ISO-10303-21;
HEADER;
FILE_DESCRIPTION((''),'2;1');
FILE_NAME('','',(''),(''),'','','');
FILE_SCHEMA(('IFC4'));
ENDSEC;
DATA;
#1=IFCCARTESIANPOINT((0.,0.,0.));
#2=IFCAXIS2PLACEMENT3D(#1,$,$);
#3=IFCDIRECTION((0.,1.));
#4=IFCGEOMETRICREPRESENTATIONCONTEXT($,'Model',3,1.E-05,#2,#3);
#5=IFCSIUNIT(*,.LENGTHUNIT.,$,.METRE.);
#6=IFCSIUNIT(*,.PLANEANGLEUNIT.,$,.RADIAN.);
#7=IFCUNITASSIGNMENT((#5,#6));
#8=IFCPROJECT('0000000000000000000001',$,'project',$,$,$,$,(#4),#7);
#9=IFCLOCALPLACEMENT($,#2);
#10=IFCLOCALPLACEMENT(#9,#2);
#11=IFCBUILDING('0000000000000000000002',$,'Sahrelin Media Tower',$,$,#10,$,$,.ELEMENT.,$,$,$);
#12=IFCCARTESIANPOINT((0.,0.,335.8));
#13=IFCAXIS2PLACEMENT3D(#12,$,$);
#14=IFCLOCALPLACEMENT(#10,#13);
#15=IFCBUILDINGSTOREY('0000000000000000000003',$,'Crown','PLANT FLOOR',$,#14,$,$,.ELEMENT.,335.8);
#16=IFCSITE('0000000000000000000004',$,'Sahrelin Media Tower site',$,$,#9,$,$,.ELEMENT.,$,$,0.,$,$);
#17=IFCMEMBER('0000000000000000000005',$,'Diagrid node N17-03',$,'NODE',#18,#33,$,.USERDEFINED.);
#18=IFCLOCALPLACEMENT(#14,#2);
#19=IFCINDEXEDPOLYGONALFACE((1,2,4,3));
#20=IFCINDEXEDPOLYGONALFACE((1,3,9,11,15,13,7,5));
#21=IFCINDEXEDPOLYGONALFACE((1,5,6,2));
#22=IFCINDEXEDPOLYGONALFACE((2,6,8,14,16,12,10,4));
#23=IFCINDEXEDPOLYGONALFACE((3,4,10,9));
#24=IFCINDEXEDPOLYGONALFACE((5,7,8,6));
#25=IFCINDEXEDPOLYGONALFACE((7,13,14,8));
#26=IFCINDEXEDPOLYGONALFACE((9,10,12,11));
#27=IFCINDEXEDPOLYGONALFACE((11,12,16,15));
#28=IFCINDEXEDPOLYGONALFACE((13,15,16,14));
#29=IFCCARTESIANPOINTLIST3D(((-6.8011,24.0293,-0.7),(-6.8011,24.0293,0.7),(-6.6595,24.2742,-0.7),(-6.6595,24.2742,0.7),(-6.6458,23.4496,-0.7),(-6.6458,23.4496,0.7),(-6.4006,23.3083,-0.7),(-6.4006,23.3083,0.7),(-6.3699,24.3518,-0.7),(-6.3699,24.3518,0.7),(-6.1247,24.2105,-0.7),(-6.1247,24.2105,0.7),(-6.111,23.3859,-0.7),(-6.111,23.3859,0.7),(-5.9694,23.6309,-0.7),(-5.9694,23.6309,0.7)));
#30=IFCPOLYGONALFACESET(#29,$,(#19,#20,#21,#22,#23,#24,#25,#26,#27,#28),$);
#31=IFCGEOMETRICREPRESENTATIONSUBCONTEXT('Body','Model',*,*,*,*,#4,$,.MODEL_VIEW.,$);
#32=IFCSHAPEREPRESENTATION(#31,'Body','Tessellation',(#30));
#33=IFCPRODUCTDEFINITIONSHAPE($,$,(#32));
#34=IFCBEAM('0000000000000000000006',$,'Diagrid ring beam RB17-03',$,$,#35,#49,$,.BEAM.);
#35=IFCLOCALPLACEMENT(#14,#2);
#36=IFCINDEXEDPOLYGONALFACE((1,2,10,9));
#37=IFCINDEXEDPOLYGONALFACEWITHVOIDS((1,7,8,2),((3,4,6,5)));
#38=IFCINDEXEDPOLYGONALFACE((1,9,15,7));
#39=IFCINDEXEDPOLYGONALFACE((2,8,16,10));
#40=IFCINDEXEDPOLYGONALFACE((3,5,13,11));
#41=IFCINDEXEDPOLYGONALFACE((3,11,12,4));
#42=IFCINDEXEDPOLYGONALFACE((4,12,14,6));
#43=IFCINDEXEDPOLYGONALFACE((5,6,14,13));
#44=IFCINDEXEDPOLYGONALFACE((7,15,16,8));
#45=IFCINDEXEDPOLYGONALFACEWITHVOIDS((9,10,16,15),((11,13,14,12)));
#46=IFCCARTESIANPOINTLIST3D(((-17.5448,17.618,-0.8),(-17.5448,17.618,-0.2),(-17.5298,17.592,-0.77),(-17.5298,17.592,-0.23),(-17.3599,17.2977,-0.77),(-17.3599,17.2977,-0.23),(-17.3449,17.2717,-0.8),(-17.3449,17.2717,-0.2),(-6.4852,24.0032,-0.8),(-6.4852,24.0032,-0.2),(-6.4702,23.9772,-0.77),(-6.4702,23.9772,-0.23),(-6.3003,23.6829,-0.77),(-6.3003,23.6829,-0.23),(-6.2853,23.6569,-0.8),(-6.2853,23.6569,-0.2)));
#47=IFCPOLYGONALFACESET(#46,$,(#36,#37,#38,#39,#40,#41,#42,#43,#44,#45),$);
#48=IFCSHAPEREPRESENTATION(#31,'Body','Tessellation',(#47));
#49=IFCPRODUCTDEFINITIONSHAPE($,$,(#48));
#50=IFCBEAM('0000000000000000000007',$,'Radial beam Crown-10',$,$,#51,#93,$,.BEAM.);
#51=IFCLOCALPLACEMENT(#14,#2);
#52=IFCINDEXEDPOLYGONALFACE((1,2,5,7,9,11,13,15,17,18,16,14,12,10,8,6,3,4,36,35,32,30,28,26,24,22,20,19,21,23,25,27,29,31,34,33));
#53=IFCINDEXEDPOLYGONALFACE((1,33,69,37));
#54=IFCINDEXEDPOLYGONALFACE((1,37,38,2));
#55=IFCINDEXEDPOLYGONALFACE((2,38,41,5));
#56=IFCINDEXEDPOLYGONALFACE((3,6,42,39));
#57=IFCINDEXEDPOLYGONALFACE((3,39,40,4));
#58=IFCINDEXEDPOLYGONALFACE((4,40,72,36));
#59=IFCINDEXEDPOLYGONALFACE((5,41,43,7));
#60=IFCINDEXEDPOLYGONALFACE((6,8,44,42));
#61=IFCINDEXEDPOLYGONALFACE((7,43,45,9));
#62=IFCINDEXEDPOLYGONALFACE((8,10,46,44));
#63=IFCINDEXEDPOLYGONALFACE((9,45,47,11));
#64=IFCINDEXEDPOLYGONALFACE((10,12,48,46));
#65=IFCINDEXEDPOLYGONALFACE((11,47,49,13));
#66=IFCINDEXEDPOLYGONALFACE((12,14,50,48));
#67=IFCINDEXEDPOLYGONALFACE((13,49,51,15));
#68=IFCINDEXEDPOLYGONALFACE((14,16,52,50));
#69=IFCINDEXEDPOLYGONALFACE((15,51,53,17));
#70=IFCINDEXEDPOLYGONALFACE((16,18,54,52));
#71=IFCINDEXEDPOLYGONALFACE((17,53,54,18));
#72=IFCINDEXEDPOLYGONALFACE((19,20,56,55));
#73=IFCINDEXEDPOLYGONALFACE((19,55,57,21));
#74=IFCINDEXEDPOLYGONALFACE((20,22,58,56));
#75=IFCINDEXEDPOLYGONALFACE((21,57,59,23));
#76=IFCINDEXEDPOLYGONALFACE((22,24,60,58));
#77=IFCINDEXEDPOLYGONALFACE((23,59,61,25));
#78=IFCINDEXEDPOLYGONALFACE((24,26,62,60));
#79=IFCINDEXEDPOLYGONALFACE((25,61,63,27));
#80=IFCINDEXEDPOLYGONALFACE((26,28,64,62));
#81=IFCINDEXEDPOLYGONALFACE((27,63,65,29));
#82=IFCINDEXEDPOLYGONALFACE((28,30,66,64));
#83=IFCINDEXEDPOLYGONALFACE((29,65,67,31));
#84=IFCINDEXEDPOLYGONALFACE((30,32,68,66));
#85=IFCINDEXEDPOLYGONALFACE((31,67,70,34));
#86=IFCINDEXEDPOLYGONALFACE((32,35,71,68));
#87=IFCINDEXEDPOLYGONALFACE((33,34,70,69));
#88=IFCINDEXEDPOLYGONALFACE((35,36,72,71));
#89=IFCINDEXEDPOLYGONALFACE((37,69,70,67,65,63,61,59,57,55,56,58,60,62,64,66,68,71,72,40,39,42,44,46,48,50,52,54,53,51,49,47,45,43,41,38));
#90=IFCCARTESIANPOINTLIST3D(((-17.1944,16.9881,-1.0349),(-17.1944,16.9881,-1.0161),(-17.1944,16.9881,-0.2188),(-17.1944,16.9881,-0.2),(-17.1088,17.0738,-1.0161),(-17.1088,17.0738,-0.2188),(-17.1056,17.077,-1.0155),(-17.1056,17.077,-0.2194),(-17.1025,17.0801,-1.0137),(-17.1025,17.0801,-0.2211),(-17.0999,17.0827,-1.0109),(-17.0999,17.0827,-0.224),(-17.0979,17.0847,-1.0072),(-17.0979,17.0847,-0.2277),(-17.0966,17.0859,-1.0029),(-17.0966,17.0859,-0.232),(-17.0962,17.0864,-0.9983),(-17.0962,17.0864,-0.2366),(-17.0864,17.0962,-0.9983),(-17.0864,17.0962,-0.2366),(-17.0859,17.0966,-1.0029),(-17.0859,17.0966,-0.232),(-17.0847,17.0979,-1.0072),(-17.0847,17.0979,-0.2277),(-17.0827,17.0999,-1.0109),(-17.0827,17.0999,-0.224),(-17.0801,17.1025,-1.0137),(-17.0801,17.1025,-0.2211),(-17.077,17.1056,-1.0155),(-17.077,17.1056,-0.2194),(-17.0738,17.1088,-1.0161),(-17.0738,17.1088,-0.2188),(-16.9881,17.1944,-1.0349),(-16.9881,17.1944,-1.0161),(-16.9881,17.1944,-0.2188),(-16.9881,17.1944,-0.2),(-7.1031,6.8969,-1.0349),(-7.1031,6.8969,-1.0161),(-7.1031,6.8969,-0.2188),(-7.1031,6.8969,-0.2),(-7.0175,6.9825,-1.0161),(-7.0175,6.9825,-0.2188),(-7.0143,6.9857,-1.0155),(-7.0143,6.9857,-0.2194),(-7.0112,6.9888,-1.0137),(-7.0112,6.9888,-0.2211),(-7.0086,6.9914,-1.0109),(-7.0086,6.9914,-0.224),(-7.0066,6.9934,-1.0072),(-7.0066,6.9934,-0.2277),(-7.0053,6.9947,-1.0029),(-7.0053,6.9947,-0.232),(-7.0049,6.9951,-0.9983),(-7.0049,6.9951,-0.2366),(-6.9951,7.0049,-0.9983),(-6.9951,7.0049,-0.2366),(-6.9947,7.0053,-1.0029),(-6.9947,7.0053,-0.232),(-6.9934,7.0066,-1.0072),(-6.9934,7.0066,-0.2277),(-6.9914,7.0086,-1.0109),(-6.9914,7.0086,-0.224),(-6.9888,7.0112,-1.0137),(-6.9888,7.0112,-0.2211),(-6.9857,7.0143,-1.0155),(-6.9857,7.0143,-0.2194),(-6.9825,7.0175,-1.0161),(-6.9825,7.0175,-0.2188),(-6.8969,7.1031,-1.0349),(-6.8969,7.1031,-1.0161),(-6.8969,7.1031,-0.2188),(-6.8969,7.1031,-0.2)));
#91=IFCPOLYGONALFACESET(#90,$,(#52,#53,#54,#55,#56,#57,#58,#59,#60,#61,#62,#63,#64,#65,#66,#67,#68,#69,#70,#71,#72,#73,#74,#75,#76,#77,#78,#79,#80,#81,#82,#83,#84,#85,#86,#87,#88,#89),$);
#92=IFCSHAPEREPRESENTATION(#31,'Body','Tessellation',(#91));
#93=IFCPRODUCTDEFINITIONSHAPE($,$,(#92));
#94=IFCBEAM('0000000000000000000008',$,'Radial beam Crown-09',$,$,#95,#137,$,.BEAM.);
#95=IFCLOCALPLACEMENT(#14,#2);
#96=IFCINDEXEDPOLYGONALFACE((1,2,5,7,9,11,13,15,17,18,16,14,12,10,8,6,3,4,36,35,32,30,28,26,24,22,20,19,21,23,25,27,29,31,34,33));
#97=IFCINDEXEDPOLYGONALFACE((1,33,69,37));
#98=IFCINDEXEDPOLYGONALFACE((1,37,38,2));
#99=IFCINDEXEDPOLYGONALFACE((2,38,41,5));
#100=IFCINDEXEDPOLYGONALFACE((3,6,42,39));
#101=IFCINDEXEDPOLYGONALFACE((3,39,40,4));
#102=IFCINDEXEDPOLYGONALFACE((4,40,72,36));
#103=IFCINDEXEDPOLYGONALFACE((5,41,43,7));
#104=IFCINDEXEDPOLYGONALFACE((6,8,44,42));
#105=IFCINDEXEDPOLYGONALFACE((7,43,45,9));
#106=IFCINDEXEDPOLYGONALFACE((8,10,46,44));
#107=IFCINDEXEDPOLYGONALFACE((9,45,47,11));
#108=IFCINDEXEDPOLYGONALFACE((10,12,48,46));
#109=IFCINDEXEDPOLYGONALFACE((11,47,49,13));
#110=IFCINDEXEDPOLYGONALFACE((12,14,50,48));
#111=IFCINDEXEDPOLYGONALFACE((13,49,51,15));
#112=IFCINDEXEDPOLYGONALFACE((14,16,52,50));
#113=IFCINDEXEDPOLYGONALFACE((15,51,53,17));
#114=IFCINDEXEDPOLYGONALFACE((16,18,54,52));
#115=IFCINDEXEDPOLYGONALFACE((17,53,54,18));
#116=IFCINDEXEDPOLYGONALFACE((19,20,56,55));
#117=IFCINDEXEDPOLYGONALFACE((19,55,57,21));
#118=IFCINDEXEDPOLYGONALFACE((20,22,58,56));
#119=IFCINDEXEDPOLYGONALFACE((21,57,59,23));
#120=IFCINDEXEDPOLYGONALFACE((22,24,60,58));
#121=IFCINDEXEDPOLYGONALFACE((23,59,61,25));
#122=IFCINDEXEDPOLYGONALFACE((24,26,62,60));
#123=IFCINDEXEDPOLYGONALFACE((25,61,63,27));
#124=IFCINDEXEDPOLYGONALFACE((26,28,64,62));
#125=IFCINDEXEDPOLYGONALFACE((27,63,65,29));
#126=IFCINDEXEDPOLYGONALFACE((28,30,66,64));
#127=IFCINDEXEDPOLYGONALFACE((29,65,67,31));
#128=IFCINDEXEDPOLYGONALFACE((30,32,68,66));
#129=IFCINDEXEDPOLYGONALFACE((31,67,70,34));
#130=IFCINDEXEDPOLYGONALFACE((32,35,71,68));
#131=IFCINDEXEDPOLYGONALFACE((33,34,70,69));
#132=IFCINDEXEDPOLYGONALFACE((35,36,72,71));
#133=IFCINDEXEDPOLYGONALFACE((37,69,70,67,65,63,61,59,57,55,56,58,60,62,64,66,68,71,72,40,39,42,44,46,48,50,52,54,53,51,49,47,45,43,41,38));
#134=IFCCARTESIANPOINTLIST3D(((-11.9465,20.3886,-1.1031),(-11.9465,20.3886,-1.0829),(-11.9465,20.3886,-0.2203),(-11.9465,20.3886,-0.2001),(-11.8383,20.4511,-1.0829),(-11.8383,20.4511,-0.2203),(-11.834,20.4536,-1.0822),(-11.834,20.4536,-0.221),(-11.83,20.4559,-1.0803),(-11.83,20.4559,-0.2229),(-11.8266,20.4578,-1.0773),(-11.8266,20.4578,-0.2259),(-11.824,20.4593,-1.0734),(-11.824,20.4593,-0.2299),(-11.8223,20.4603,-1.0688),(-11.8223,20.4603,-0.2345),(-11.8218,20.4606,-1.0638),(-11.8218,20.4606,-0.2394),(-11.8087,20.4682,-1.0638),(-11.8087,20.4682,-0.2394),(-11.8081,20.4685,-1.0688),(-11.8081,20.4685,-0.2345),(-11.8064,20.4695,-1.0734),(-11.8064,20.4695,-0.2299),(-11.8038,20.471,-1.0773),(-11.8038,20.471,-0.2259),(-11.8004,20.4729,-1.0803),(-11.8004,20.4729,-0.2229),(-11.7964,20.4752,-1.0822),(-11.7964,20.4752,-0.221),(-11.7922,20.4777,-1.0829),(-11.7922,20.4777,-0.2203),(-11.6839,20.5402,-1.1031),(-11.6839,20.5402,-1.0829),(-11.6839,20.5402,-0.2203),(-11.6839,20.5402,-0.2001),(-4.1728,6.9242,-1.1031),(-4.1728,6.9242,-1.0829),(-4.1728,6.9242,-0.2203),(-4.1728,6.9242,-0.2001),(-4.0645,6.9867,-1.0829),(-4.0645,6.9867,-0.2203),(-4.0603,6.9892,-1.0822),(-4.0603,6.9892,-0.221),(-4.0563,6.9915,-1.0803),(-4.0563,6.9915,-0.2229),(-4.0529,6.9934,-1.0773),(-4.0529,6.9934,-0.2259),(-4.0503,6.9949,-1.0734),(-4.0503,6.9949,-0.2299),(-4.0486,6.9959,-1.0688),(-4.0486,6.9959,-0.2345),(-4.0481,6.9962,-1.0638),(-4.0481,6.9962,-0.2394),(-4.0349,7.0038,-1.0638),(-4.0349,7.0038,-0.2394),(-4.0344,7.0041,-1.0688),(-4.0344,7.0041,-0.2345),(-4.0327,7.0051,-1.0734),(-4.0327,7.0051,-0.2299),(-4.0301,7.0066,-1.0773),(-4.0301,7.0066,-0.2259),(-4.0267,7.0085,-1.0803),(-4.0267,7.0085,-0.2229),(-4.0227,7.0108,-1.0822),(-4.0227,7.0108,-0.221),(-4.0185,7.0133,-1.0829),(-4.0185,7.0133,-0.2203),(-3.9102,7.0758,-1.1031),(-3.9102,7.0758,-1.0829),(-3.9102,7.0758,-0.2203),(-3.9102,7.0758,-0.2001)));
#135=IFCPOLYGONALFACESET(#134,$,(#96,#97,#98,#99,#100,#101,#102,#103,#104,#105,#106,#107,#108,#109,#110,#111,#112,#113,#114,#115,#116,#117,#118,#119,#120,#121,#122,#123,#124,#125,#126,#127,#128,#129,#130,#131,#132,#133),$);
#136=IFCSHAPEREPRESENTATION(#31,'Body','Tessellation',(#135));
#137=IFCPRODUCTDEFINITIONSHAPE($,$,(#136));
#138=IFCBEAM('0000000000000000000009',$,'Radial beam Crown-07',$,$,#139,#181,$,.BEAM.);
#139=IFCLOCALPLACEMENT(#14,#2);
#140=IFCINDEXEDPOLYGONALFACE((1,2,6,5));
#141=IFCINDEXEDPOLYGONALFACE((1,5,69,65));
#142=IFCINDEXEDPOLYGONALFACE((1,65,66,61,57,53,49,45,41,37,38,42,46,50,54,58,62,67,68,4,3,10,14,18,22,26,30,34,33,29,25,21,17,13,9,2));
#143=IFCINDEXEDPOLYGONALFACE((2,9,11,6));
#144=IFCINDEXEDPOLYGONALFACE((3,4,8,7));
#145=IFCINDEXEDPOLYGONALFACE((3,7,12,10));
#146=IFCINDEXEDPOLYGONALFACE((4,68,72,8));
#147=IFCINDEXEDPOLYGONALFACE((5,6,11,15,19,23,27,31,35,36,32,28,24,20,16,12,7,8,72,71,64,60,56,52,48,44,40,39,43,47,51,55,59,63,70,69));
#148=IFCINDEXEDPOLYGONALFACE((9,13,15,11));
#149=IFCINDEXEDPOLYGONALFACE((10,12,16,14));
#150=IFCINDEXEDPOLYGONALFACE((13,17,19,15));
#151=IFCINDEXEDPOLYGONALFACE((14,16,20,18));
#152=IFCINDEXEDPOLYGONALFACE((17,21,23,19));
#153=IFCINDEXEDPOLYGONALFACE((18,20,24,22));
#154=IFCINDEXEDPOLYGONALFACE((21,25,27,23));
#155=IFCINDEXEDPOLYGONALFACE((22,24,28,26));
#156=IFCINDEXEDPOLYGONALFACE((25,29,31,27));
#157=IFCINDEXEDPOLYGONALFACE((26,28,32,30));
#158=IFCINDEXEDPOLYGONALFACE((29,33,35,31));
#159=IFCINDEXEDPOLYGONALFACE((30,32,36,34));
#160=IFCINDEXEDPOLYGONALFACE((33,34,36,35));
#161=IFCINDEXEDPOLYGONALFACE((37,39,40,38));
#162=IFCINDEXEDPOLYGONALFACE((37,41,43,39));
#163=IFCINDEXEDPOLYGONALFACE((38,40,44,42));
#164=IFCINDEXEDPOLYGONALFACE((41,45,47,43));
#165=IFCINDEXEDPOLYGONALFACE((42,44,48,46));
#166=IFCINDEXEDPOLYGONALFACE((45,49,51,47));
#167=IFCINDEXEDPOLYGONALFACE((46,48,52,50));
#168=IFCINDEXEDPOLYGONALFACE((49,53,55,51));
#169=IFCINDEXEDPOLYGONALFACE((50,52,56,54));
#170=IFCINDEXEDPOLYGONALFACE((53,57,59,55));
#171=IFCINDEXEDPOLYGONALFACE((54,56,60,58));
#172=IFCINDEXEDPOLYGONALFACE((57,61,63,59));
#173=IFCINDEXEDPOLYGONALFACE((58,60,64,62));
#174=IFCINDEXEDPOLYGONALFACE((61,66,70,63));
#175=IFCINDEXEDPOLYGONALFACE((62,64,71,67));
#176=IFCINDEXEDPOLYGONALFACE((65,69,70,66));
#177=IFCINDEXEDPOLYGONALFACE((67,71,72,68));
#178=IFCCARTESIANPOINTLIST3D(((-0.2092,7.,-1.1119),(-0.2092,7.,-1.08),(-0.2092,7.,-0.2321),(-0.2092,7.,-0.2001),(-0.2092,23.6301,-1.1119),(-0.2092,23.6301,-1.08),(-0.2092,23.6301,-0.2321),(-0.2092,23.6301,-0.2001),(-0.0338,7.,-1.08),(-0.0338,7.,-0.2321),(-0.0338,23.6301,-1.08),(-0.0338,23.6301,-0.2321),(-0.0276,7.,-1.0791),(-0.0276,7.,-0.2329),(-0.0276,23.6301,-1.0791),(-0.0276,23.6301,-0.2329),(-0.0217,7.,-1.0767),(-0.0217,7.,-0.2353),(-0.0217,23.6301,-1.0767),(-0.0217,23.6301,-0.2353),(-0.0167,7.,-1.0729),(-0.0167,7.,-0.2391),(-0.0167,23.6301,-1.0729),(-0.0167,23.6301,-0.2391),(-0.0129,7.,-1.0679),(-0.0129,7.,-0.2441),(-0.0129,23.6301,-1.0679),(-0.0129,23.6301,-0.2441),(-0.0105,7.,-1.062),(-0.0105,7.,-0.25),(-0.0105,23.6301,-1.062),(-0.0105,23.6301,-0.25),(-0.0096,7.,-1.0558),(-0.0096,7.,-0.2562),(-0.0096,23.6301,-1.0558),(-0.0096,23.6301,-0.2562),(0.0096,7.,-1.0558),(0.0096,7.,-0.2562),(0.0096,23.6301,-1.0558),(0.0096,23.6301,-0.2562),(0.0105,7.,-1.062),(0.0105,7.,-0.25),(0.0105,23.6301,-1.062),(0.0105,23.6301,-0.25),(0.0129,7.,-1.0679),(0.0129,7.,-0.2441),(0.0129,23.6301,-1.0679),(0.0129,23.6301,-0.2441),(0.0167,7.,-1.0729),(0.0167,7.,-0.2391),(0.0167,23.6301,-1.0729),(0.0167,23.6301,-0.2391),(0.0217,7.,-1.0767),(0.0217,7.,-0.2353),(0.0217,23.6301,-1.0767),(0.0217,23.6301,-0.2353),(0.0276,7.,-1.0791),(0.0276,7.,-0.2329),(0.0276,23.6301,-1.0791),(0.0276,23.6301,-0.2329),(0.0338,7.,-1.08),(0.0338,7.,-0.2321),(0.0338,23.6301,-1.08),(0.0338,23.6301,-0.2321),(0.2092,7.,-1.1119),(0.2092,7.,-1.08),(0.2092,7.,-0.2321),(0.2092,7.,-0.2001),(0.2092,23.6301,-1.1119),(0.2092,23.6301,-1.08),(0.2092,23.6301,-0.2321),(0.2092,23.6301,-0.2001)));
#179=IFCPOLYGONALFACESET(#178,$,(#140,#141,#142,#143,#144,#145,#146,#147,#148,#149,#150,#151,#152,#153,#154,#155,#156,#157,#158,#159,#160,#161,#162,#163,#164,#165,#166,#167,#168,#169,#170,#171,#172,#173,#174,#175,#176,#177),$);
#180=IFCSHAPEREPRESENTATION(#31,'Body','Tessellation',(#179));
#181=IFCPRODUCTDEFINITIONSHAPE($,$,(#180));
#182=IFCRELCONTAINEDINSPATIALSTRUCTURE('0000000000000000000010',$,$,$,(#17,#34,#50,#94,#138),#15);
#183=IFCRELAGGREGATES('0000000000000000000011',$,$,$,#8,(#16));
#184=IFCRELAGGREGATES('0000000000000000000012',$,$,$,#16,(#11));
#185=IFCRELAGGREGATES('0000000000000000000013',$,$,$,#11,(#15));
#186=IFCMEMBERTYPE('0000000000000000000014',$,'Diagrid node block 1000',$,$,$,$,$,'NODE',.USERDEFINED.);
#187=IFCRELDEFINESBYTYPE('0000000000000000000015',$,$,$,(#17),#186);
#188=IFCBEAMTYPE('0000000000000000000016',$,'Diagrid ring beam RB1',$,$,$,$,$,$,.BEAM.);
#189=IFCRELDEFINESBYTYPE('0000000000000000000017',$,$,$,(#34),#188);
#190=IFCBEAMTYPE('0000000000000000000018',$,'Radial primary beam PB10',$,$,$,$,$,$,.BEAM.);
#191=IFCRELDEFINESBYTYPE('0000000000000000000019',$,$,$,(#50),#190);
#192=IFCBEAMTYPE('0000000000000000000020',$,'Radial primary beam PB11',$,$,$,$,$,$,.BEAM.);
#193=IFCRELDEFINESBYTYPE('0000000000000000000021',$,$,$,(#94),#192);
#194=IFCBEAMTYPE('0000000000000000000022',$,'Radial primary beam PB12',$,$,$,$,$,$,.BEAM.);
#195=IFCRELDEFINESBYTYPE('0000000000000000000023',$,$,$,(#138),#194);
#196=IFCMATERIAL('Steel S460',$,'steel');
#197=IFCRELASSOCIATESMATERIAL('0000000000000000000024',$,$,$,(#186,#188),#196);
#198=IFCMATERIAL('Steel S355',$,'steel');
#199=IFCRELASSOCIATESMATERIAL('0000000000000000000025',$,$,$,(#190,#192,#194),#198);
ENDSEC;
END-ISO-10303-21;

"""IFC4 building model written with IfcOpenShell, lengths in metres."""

from ifc_helpers import new_model, si_unit, direction, frame, origin, origin_2d, place, context, subcontext, project, spatial, polyline, hollow_rectangle, i_section, outline, extrude, material, material_profile, profile_set, type_object, element, save


model = new_model("IFC4")

# Units and contexts
model_context = context("Model", 3, precision=1e-05, world=origin(), true_north=direction((0.0, 1.0)))
body_context = subcontext(model_context, "Body", "Model", "MODEL_VIEW")
ifc_project = project(units=[si_unit("LENGTHUNIT", "METRE"), si_unit("PLANEANGLEUNIT", "RADIAN")], contexts=[model_context])

# Site, building, storey
site_placement = place(None, origin())
site = spatial("IfcSite", under=ifc_project, at=site_placement, Name="Sahrelin Media Tower site", CompositionType="ELEMENT", RefElevation=0.0)
building_placement = place(site_placement, origin())
building = spatial("IfcBuilding", under=site, at=building_placement, Name="Sahrelin Media Tower", CompositionType="ELEMENT")
storey_placement = place(building_placement, frame((0.0, 0.0, 335.8)))
storey = spatial("IfcBuildingStorey", under=building, at=storey_placement, Name="Crown", Description="PLANT FLOOR", CompositionType="ELEMENT", Elevation=335.8)

# Member
ifc_material_1 = material(Name="Steel S460", Category="steel")
ifc_material_profile_1 = material_profile(ifc_material_1, outline(polyline([(0.3, -0.3501), (0.5, -0.1499), (0.5, 0.1499), (0.3, 0.3501), (-0.3, 0.3501), (-0.5, 0.1499), (-0.5, -0.1499), (-0.3, -0.3501), (0.3, -0.3501)])), Name="Diagrid node block 1000")
ifc_profile_set_1 = profile_set([ifc_material_profile_1], Name="Steel S460")
member_type = type_object("IfcMemberType", Name="Diagrid node block 1000", ElementType="NODE", PredefinedType="USERDEFINED", material=ifc_profile_set_1)
member_placement = place(storey_placement, frame((-6.3853, 23.8301, -0.7), z_axis=(0.0, 0.0, 1.0), x_axis=(-0.258819, 0.965926, 0.0)))
element("IfcMember", 1, at=member_placement, inside=storey, type_object=member_type, Name="Diagrid node N17-03", ObjectType="NODE", PredefinedType="USERDEFINED", context=body_context, shape_type="SweptSolid", body=[
    extrude(outline(polyline([(0.3, -0.3501), (0.5, -0.1499), (0.5, 0.1499), (0.3, 0.3501), (-0.3, 0.3501), (-0.5, 0.1499), (-0.5, -0.1499), (-0.3, -0.3501), (0.3, -0.3501)])), origin(), (0.0, 0.0, 1.0), 1.3999),
])

# Beams
ifc_material_profile_2 = material_profile(ifc_material_1, hollow_rectangle(XDim=0.3999, YDim=0.6001, WallThickness=0.03, at=origin_2d()), Name="Diagrid ring beam RB1")
ifc_profile_set_2 = profile_set([ifc_material_profile_2], Name="Steel S460")
beam_type_1 = type_object("IfcBeamType", Name="Diagrid ring beam RB1", PredefinedType="BEAM", material=ifc_profile_set_2)
beam_1_placement = place(storey_placement, frame((-6.3853, 23.8301, -0.5), z_axis=(-0.866025, -0.5, 0.0), x_axis=(0.5, -0.866025, 0.0)))
element("IfcBeam", 2, at=beam_1_placement, inside=storey, type_object=beam_type_1, Name="Diagrid ring beam RB17-03", PredefinedType="BEAM", context=body_context, shape_type="SweptSolid", body=[
    extrude(hollow_rectangle(XDim=0.3999, YDim=0.6001, WallThickness=0.03, at=origin_2d()), origin(), (0.0, 0.0, 1.0), 12.7705),
])
ifc_material_2 = material(Name="Steel S355", Category="steel")
ifc_material_profile_3 = material_profile(ifc_material_2, i_section(OverallWidth=0.2917, OverallDepth=0.835, WebThickness=0.0139, FlangeThickness=0.0188, FilletRadius=0.0178, at=origin_2d()), Name="UB 838x292x176")
ifc_profile_set_3 = profile_set([ifc_material_profile_3], Name="Steel S355")
beam_type_2 = type_object("IfcBeamType", Name="Radial primary beam PB10", PredefinedType="BEAM", material=ifc_profile_set_3)
beam_2_placement = place(storey_placement, frame((-7.0, 7.0, -0.6174), z_axis=(-0.707107, 0.707107, 0.0), x_axis=(-0.707107, -0.707107, 0.0)))
element("IfcBeam", 3, at=beam_2_placement, inside=storey, type_object=beam_type_2, Name="Radial beam Crown-10", PredefinedType="BEAM", context=body_context, shape_type="SweptSolid", body=[
    extrude(i_section(OverallWidth=0.2917, OverallDepth=0.835, WebThickness=0.0139, FlangeThickness=0.0188, FilletRadius=0.0178, at=origin_2d()), origin(), (0.0, 0.0, 1.0), 14.2712),
])
ifc_material_profile_4 = material_profile(ifc_material_2, i_section(OverallWidth=0.3032, OverallDepth=0.9031, WebThickness=0.0151, FlangeThickness=0.0203, FilletRadius=0.019, at=origin_2d()), Name="UB 914x305x201")
ifc_profile_set_4 = profile_set([ifc_material_profile_4], Name="Steel S355")
beam_type_3 = type_object("IfcBeamType", Name="Radial primary beam PB11", PredefinedType="BEAM", material=ifc_profile_set_4)
beam_3_placement = place(storey_placement, frame((-4.0415, 7.0, -0.6516), z_axis=(-0.500002, 0.866025, 0.0), x_axis=(-0.866025, -0.500002, 0.0)))
element("IfcBeam", 4, at=beam_3_placement, inside=storey, type_object=beam_type_3, Name="Radial beam Crown-09", PredefinedType="BEAM", context=body_context, shape_type="SweptSolid", body=[
    extrude(i_section(OverallWidth=0.3032, OverallDepth=0.9031, WebThickness=0.0151, FlangeThickness=0.0203, FilletRadius=0.019, at=origin_2d()), origin(), (0.0, 0.0, 1.0), 15.5474),
])
ifc_material_profile_5 = material_profile(ifc_material_2, i_section(OverallWidth=0.4185, OverallDepth=0.9119, WebThickness=0.0193, FlangeThickness=0.032, FilletRadius=0.0242, at=origin_2d()), Name="UB 914x419x343")
ifc_profile_set_5 = profile_set([ifc_material_profile_5], Name="Steel S355")
beam_type_4 = type_object("IfcBeamType", Name="Radial primary beam PB12", PredefinedType="BEAM", material=ifc_profile_set_5)
beam_4_placement = place(storey_placement, frame((0.0, 7.0, -0.656), z_axis=(0.0, 1.0, 0.0), x_axis=(-1.0, 0.0, 0.0)))
element("IfcBeam", 5, at=beam_4_placement, inside=storey, type_object=beam_type_4, Name="Radial beam Crown-07", PredefinedType="BEAM", context=body_context, shape_type="SweptSolid", body=[
    extrude(i_section(OverallWidth=0.4185, OverallDepth=0.9119, WebThickness=0.0193, FlangeThickness=0.032, FilletRadius=0.0242, at=origin_2d()), origin(), (0.0, 0.0, 1.0), 16.6301),
])

save(model, "model.ifc")
